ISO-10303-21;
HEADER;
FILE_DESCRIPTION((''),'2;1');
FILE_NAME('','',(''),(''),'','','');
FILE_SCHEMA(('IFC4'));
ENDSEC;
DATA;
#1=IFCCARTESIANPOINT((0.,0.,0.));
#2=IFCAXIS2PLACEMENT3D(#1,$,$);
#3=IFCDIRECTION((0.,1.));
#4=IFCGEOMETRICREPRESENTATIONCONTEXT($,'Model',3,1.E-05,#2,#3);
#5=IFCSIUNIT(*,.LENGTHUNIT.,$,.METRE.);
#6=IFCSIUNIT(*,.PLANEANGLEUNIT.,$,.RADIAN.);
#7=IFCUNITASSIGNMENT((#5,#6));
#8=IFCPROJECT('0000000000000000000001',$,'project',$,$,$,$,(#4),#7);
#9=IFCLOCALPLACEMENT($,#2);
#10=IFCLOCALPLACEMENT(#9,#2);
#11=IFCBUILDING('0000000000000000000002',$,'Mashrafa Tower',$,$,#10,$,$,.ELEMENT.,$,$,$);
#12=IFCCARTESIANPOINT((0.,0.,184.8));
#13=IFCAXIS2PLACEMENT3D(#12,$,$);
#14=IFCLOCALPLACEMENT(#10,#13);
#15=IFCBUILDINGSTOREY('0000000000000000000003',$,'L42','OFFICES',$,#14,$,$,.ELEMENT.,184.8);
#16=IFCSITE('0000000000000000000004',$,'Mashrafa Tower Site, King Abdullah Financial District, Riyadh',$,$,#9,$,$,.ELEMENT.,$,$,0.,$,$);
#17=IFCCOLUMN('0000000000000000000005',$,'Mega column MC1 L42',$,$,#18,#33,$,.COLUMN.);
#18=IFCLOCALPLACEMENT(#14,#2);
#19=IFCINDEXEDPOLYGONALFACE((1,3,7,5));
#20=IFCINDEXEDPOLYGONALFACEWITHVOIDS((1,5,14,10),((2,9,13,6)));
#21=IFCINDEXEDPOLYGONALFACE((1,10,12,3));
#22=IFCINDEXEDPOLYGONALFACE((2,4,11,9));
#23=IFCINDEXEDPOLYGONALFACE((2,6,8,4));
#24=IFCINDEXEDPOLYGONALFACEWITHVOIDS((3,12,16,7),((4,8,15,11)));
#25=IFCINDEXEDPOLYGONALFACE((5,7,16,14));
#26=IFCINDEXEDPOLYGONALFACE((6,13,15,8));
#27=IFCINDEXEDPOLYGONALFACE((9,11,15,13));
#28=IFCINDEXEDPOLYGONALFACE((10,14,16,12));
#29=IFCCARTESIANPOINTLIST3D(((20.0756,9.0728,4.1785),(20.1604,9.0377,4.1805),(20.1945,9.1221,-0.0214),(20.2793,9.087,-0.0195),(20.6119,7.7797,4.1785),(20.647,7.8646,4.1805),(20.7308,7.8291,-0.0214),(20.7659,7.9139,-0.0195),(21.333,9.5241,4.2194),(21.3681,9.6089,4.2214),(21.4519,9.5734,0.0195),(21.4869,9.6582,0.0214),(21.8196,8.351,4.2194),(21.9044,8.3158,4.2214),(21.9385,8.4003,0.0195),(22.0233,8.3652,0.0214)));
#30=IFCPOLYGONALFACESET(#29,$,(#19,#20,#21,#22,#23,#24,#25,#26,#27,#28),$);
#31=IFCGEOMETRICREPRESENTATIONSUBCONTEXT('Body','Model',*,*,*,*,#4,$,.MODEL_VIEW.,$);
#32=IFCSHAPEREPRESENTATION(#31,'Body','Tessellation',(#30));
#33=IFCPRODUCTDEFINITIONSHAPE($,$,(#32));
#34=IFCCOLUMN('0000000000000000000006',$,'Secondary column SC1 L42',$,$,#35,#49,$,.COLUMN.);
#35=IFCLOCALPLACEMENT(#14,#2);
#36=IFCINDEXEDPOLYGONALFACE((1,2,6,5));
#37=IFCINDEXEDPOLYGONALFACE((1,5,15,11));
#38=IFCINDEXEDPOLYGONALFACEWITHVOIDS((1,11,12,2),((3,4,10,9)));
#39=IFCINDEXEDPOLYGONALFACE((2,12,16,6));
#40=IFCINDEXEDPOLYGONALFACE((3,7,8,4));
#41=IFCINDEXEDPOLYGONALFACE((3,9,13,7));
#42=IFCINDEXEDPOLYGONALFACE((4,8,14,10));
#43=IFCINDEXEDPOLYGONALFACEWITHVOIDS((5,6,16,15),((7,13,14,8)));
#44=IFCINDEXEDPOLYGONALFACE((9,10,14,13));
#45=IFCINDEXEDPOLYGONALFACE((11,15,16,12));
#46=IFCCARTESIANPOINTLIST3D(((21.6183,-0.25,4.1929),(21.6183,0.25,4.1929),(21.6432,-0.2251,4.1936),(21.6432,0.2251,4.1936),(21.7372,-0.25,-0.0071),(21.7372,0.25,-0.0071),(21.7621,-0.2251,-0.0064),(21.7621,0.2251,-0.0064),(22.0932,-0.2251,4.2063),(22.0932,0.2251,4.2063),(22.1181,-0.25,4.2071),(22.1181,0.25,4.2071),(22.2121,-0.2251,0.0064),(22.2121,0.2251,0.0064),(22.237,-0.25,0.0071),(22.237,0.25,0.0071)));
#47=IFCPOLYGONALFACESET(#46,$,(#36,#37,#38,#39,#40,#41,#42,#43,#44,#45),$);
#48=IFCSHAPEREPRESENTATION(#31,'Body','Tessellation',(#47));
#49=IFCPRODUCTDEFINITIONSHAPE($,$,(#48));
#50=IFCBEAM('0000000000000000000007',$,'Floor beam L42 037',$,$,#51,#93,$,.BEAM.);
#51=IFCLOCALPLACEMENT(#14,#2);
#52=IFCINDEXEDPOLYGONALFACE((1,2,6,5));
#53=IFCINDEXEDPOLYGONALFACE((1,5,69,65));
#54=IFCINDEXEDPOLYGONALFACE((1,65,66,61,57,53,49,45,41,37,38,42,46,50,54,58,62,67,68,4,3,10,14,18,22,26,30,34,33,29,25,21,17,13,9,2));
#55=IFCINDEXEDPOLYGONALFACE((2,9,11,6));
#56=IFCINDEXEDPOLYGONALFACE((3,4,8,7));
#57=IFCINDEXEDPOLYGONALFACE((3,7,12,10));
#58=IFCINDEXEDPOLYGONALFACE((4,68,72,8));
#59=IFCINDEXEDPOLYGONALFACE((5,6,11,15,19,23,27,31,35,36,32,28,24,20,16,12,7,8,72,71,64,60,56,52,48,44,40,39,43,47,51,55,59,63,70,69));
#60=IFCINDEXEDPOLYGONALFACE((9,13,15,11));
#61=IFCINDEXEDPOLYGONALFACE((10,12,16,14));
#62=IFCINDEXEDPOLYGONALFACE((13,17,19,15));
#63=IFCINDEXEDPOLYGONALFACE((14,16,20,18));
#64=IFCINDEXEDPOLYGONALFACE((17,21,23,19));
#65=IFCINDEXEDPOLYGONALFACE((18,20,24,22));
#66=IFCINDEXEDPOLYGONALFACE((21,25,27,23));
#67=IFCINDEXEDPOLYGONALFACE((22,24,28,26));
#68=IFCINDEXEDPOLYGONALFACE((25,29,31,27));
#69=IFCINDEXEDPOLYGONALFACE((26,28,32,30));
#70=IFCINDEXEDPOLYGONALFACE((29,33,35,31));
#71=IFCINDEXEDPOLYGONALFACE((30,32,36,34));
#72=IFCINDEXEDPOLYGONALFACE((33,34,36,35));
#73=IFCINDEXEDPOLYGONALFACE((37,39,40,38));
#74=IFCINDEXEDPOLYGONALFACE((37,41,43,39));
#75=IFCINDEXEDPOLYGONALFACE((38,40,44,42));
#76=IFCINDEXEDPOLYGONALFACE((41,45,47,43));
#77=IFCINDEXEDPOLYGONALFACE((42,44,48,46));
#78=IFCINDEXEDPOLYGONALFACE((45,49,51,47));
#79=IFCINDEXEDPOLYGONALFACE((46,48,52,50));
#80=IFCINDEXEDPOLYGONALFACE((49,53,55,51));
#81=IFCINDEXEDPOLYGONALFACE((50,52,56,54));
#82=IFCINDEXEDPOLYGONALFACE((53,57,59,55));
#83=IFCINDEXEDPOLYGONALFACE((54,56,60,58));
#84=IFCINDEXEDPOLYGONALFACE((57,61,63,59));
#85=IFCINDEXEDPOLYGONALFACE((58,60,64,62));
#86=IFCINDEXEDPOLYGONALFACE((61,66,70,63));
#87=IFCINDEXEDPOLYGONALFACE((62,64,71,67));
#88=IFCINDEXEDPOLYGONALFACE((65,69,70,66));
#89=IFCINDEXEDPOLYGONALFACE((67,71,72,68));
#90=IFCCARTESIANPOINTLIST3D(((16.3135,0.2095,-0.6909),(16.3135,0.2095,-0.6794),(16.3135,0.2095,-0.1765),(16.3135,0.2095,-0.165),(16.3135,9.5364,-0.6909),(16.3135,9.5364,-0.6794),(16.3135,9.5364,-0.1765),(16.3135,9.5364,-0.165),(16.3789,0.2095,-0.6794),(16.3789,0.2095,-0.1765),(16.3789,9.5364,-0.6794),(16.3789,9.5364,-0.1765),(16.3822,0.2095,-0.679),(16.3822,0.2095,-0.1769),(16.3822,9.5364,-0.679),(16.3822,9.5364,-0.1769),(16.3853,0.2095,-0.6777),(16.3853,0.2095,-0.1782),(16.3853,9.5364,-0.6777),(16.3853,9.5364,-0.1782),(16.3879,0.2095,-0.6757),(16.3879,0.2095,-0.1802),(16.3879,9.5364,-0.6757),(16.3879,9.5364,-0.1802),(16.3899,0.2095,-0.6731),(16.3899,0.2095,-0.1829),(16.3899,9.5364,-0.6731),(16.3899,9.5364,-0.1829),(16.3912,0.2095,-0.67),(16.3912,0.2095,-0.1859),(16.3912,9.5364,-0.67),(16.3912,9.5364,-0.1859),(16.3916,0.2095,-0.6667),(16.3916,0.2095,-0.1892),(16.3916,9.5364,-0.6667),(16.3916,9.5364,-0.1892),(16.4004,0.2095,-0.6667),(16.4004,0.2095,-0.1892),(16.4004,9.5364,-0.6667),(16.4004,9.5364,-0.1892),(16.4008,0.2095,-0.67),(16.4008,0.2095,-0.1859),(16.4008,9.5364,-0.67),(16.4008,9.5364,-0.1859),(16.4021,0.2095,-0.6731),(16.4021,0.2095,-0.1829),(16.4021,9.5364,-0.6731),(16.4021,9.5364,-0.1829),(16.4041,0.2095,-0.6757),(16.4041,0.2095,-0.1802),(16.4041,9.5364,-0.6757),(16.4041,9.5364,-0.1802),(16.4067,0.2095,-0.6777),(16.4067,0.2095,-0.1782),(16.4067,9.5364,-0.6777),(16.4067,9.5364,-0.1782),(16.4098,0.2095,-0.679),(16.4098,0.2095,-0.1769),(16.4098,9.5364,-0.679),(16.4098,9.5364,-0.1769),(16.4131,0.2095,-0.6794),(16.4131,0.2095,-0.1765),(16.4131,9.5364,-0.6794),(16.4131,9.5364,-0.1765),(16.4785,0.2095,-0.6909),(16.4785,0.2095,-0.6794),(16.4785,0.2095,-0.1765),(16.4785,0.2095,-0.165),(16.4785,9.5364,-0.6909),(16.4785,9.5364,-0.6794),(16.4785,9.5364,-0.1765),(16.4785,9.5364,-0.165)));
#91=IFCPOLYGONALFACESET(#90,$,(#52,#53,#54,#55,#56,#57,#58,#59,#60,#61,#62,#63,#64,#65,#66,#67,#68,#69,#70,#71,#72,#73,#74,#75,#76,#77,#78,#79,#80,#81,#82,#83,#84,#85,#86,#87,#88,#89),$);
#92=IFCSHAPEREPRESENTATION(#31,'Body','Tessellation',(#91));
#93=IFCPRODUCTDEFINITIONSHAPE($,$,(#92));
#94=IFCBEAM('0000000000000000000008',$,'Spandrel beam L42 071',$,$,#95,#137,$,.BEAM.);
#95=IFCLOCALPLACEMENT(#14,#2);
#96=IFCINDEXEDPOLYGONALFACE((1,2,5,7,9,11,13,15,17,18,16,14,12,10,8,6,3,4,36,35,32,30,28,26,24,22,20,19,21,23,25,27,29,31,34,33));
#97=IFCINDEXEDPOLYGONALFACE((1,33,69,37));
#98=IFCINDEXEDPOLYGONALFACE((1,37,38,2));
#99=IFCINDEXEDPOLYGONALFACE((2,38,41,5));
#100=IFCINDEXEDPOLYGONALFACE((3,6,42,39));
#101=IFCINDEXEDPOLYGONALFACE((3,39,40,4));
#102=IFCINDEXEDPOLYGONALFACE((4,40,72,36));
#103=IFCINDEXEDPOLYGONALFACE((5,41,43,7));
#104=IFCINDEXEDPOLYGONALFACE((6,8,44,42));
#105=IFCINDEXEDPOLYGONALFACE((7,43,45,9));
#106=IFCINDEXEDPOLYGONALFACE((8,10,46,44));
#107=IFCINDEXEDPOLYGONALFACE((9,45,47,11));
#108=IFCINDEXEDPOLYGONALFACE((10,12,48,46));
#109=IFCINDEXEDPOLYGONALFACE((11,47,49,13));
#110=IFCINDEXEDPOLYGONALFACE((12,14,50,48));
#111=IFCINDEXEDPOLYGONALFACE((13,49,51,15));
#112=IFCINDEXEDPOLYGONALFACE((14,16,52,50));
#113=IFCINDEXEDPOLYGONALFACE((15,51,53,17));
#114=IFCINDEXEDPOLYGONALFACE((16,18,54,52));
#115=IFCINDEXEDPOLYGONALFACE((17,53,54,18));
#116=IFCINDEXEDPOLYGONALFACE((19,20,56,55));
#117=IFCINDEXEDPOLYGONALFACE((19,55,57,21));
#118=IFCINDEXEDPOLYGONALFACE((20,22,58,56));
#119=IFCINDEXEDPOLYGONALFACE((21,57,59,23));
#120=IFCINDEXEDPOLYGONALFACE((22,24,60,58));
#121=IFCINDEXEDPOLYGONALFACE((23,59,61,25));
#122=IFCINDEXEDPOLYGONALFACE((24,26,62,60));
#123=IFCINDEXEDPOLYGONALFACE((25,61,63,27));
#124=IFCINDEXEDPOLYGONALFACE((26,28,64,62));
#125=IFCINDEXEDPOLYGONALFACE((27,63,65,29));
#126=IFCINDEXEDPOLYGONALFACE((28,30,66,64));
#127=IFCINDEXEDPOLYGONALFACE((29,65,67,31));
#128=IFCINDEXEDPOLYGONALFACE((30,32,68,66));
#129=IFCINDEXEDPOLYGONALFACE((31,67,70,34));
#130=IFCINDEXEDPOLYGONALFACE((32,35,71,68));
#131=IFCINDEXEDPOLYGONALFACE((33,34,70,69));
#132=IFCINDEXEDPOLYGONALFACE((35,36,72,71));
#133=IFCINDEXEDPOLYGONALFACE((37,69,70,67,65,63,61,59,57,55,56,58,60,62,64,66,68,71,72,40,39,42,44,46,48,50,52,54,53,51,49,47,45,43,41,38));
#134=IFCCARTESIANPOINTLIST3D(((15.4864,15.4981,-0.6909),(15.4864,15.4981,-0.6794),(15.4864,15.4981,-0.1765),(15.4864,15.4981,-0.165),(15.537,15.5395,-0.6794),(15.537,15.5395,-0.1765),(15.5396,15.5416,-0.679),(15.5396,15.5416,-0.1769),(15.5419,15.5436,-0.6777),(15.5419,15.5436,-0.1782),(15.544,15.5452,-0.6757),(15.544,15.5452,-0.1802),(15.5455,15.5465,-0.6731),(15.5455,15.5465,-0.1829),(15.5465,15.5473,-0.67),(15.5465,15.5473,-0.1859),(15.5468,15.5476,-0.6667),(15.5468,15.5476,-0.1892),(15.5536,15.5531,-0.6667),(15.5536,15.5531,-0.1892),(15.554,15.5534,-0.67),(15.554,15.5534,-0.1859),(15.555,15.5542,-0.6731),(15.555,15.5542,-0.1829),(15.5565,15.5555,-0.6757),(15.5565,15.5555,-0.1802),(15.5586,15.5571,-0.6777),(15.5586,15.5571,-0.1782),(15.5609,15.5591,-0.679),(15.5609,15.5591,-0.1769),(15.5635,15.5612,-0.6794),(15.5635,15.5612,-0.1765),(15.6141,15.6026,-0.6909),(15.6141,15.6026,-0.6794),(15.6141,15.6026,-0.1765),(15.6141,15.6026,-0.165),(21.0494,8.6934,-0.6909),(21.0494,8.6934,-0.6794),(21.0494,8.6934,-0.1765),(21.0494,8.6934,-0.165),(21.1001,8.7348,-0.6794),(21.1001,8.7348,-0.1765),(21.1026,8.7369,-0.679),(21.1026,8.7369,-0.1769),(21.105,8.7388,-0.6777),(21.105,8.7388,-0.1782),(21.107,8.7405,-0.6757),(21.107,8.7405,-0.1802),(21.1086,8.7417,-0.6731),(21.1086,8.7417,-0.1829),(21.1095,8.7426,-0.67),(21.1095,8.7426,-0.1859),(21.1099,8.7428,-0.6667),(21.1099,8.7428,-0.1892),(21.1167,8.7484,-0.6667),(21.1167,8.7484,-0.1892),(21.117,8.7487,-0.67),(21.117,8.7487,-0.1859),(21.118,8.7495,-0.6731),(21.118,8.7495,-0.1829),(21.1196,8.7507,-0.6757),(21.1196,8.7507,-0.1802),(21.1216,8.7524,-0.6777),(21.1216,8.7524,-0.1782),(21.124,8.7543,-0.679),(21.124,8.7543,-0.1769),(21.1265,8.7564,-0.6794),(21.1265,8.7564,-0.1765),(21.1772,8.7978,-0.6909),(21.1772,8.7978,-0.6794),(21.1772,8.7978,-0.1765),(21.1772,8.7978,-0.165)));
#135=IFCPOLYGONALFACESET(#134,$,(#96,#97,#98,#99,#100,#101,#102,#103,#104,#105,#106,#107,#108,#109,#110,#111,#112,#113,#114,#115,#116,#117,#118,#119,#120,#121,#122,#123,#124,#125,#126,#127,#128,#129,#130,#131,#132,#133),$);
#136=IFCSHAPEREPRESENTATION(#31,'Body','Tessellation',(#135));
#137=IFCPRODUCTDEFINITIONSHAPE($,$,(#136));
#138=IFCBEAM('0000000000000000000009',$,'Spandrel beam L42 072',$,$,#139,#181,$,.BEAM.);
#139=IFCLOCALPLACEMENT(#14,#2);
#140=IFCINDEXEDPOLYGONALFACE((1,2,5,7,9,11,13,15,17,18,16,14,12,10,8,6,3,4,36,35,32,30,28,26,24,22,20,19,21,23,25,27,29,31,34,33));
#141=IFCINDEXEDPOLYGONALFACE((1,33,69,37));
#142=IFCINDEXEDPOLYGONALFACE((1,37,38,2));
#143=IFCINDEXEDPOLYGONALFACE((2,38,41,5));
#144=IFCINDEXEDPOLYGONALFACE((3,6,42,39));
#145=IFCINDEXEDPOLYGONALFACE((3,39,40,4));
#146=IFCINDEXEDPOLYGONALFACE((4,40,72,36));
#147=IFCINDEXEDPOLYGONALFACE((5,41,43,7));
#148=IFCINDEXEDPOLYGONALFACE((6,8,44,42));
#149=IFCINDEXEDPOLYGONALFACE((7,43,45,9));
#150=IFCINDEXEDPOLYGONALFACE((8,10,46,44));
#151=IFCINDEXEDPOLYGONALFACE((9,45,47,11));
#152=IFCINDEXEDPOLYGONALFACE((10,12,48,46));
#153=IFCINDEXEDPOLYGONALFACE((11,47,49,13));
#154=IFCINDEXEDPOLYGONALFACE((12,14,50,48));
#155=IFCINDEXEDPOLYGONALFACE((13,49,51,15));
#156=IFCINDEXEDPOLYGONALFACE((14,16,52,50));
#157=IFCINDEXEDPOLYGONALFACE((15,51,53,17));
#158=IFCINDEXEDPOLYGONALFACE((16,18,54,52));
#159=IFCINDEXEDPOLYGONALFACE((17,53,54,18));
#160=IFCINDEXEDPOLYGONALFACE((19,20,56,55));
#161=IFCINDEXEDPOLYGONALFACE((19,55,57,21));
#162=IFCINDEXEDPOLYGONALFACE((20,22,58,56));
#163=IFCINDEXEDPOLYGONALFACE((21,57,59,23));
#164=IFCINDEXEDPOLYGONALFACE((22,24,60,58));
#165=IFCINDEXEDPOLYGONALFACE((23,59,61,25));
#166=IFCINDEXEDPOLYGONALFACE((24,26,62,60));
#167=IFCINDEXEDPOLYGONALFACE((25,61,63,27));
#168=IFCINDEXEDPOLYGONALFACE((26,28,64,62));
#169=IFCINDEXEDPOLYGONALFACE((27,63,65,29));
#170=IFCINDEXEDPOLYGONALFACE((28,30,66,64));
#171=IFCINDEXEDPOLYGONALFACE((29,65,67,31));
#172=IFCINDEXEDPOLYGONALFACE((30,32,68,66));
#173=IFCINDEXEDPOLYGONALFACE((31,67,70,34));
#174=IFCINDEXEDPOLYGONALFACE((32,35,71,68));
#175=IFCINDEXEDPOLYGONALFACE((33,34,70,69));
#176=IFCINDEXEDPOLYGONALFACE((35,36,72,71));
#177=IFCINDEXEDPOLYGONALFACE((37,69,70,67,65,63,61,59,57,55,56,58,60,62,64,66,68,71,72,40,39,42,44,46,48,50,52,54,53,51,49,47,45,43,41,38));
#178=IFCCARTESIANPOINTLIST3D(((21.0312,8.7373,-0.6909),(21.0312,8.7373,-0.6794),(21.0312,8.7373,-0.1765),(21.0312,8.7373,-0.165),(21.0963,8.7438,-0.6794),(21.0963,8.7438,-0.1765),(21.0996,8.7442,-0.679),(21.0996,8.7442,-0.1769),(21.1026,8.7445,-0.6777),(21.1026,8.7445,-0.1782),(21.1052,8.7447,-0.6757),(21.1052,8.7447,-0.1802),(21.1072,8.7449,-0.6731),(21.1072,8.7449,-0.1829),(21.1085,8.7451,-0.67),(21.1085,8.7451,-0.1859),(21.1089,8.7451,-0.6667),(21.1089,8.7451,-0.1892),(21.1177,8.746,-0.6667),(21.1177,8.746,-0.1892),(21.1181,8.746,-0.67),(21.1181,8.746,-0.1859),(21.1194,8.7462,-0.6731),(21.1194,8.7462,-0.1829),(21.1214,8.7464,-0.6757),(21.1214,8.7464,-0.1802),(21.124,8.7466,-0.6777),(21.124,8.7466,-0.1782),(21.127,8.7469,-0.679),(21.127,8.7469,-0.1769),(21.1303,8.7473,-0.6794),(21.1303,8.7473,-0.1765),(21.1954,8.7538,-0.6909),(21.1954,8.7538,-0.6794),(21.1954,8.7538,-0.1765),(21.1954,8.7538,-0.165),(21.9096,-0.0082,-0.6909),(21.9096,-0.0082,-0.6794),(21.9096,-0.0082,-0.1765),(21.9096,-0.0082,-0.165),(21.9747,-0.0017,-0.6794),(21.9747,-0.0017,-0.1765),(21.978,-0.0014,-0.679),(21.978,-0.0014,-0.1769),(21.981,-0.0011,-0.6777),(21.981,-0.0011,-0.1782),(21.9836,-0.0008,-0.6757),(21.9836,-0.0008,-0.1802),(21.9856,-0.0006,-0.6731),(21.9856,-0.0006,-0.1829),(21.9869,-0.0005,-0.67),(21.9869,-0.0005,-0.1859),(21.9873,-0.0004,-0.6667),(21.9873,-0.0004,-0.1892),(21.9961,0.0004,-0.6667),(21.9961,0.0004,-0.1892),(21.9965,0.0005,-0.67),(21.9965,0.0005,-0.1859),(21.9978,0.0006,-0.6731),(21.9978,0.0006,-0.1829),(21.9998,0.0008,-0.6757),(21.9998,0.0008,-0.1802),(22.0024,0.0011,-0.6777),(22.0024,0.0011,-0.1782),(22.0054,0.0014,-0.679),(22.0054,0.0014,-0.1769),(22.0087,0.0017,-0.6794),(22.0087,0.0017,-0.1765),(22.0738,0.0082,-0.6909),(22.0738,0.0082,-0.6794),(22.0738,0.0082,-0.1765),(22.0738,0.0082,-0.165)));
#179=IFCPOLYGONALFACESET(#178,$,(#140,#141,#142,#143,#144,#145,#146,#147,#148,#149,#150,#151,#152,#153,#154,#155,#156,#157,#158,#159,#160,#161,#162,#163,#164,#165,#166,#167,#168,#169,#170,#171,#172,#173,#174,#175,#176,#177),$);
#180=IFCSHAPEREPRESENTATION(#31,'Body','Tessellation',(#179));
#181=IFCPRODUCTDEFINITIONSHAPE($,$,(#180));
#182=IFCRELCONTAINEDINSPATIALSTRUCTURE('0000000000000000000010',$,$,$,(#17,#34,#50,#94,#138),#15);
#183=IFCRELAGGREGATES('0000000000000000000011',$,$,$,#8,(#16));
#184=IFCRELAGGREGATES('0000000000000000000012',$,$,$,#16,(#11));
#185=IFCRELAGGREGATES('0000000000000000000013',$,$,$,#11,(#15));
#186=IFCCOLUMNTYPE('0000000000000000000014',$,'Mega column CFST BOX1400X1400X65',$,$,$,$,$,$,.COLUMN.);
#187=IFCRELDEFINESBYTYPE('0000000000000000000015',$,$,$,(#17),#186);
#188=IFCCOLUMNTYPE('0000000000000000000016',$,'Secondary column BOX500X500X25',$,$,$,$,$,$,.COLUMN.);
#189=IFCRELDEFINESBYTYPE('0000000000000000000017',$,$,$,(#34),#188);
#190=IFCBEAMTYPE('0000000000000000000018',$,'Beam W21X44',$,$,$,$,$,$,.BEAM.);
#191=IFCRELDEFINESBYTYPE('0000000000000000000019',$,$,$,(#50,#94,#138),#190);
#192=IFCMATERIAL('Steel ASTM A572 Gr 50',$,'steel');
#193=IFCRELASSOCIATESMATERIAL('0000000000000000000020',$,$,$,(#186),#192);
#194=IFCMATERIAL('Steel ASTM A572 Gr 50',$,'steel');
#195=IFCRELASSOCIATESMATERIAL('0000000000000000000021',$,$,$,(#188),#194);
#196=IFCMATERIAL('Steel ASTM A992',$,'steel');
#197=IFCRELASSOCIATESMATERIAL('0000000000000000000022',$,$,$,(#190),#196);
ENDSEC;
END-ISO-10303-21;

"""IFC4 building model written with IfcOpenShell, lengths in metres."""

from ifc_helpers import new_model, si_unit, direction, frame, origin, origin_2d, place, context, subcontext, project, spatial, hollow_rectangle, i_section, extrude, material, material_profile, profile_set, type_object, element, save


model = new_model("IFC4")

# Units and contexts
model_context = context("Model", 3, precision=1e-05, world=origin(), true_north=direction((0.0, 1.0)))
body_context = subcontext(model_context, "Body", "Model", "MODEL_VIEW")
ifc_project = project(units=[si_unit("LENGTHUNIT", "METRE"), si_unit("PLANEANGLEUNIT", "RADIAN")], contexts=[model_context])

# Site, building, storey
site_placement = place(None, origin())
site = spatial("IfcSite", under=ifc_project, at=site_placement, Name="Mashrafa Tower Site, King Abdullah Financial District, Riyadh", CompositionType="ELEMENT", RefElevation=0.0)
building_placement = place(site_placement, origin())
building = spatial("IfcBuilding", under=site, at=building_placement, Name="Mashrafa Tower", CompositionType="ELEMENT")
storey_placement = place(building_placement, frame((0.0, 0.0, 184.8)))
storey = spatial("IfcBuildingStorey", under=building, at=storey_placement, Name="L42", Description="OFFICES", CompositionType="ELEMENT", Elevation=184.8)

# Columns
ifc_material_1 = material(Name="Steel ASTM A572 Gr 50", Category="steel")
ifc_material_profile_1 = material_profile(ifc_material_1, hollow_rectangle(XDim=1.3999, YDim=1.3999, WallThickness=0.0649, at=origin_2d()), Name="BOX1400X1400X65")
ifc_profile_set_1 = profile_set([ifc_material_profile_1], Name="Steel ASTM A572 Gr 50")
column_type_1 = type_object("IfcColumnType", Name="Mega column CFST BOX1400X1400X65", PredefinedType="COLUMN", material=ifc_profile_set_1)
column_1_placement = place(storey_placement, frame((21.1089, 8.7437, 0.0), z_axis=(-0.028296, -0.011737, 0.999531), x_axis=(0.383133, -0.923693, 0.0)))
element("IfcColumn", 1, at=column_1_placement, inside=storey, type_object=column_type_1, Name="Mega column MC1 L42", PredefinedType="COLUMN", context=body_context, shape_type="SweptSolid", body=[
    extrude(hollow_rectangle(XDim=1.3999, YDim=1.3999, WallThickness=0.0649, at=origin_2d()), origin(), (0.0, 0.0, 1.0), 4.2019),
])
ifc_material_2 = material(Name="Steel ASTM A572 Gr 50", Category="steel")
ifc_material_profile_2 = material_profile(ifc_material_2, hollow_rectangle(XDim=0.5, YDim=0.5, WallThickness=0.0249, at=origin_2d()), Name="BOX500X500X25")
ifc_profile_set_2 = profile_set([ifc_material_profile_2], Name="Steel ASTM A572 Gr 50")
column_type_2 = type_object("IfcColumnType", Name="Secondary column BOX500X500X25", PredefinedType="COLUMN", material=ifc_profile_set_2)
column_2_placement = place(storey_placement, frame((21.9871, 0.0, 0.0), z_axis=(-0.028298, 0.0, 0.9996), x_axis=(0.0, -1.0, 0.0)))
element("IfcColumn", 2, at=column_2_placement, inside=storey, type_object=column_type_2, Name="Secondary column SC1 L42", PredefinedType="COLUMN", context=body_context, shape_type="SweptSolid", body=[
    extrude(hollow_rectangle(XDim=0.5, YDim=0.5, WallThickness=0.0249, at=origin_2d()), origin(), (0.0, 0.0, 1.0), 4.2017),
])

# Beams
ifc_material_3 = material(Name="Steel ASTM A992", Category="steel")
ifc_material_profile_3 = material_profile(ifc_material_3, i_section(OverallWidth=0.165, OverallDepth=0.5259, WebThickness=0.0088, FlangeThickness=0.0115, FilletRadius=0.0127, at=origin_2d()), Name="W21X44")
ifc_profile_set_3 = profile_set([ifc_material_profile_3], Name="Steel ASTM A992")
beam_type_1 = type_object("IfcBeamType", Name="Beam W21X44", PredefinedType="BEAM", material=ifc_profile_set_3)
beam_1_placement = place(storey_placement, frame((16.396, 9.5364, -0.428), z_axis=(0.0, -1.0, 0.0), x_axis=(1.0, 0.0, 0.0)))
element("IfcBeam", 3, at=beam_1_placement, inside=storey, type_object=beam_type_1, Name="Floor beam L42 037", PredefinedType="BEAM", context=body_context, shape_type="SweptSolid", body=[
    extrude(i_section(OverallWidth=0.165, OverallDepth=0.5259, WebThickness=0.0088, FlangeThickness=0.0115, FilletRadius=0.0127, at=origin_2d()), origin(), (0.0, 0.0, 1.0), 9.3269),
])
beam_2_placement = place(storey_placement, frame((21.1133, 8.7456, -0.428), z_axis=(-0.632932, 0.774207, 0.0), x_axis=(-0.774207, -0.632932, 0.0)))
element("IfcBeam", 4, at=beam_2_placement, inside=storey, type_object=beam_type_1, Name="Spandrel beam L42 071", PredefinedType="BEAM", context=body_context, shape_type="SweptSolid", body=[
    extrude(i_section(OverallWidth=0.165, OverallDepth=0.5259, WebThickness=0.0088, FlangeThickness=0.0115, FilletRadius=0.0127, at=origin_2d()), origin(), (0.0, 0.0, 1.0), 8.7893),
])
beam_3_placement = place(storey_placement, frame((21.9917, 0.0, -0.428), z_axis=(-0.099938, 0.994994, 0.0), x_axis=(-0.994994, -0.099938, 0.0)))
element("IfcBeam", 5, at=beam_3_placement, inside=storey, type_object=beam_type_1, Name="Spandrel beam L42 072", PredefinedType="BEAM", context=body_context, shape_type="SweptSolid", body=[
    extrude(i_section(OverallWidth=0.165, OverallDepth=0.5259, WebThickness=0.0088, FlangeThickness=0.0115, FilletRadius=0.0127, at=origin_2d()), origin(), (0.0, 0.0, 1.0), 8.7896),
])

save(model, "model.ifc")
